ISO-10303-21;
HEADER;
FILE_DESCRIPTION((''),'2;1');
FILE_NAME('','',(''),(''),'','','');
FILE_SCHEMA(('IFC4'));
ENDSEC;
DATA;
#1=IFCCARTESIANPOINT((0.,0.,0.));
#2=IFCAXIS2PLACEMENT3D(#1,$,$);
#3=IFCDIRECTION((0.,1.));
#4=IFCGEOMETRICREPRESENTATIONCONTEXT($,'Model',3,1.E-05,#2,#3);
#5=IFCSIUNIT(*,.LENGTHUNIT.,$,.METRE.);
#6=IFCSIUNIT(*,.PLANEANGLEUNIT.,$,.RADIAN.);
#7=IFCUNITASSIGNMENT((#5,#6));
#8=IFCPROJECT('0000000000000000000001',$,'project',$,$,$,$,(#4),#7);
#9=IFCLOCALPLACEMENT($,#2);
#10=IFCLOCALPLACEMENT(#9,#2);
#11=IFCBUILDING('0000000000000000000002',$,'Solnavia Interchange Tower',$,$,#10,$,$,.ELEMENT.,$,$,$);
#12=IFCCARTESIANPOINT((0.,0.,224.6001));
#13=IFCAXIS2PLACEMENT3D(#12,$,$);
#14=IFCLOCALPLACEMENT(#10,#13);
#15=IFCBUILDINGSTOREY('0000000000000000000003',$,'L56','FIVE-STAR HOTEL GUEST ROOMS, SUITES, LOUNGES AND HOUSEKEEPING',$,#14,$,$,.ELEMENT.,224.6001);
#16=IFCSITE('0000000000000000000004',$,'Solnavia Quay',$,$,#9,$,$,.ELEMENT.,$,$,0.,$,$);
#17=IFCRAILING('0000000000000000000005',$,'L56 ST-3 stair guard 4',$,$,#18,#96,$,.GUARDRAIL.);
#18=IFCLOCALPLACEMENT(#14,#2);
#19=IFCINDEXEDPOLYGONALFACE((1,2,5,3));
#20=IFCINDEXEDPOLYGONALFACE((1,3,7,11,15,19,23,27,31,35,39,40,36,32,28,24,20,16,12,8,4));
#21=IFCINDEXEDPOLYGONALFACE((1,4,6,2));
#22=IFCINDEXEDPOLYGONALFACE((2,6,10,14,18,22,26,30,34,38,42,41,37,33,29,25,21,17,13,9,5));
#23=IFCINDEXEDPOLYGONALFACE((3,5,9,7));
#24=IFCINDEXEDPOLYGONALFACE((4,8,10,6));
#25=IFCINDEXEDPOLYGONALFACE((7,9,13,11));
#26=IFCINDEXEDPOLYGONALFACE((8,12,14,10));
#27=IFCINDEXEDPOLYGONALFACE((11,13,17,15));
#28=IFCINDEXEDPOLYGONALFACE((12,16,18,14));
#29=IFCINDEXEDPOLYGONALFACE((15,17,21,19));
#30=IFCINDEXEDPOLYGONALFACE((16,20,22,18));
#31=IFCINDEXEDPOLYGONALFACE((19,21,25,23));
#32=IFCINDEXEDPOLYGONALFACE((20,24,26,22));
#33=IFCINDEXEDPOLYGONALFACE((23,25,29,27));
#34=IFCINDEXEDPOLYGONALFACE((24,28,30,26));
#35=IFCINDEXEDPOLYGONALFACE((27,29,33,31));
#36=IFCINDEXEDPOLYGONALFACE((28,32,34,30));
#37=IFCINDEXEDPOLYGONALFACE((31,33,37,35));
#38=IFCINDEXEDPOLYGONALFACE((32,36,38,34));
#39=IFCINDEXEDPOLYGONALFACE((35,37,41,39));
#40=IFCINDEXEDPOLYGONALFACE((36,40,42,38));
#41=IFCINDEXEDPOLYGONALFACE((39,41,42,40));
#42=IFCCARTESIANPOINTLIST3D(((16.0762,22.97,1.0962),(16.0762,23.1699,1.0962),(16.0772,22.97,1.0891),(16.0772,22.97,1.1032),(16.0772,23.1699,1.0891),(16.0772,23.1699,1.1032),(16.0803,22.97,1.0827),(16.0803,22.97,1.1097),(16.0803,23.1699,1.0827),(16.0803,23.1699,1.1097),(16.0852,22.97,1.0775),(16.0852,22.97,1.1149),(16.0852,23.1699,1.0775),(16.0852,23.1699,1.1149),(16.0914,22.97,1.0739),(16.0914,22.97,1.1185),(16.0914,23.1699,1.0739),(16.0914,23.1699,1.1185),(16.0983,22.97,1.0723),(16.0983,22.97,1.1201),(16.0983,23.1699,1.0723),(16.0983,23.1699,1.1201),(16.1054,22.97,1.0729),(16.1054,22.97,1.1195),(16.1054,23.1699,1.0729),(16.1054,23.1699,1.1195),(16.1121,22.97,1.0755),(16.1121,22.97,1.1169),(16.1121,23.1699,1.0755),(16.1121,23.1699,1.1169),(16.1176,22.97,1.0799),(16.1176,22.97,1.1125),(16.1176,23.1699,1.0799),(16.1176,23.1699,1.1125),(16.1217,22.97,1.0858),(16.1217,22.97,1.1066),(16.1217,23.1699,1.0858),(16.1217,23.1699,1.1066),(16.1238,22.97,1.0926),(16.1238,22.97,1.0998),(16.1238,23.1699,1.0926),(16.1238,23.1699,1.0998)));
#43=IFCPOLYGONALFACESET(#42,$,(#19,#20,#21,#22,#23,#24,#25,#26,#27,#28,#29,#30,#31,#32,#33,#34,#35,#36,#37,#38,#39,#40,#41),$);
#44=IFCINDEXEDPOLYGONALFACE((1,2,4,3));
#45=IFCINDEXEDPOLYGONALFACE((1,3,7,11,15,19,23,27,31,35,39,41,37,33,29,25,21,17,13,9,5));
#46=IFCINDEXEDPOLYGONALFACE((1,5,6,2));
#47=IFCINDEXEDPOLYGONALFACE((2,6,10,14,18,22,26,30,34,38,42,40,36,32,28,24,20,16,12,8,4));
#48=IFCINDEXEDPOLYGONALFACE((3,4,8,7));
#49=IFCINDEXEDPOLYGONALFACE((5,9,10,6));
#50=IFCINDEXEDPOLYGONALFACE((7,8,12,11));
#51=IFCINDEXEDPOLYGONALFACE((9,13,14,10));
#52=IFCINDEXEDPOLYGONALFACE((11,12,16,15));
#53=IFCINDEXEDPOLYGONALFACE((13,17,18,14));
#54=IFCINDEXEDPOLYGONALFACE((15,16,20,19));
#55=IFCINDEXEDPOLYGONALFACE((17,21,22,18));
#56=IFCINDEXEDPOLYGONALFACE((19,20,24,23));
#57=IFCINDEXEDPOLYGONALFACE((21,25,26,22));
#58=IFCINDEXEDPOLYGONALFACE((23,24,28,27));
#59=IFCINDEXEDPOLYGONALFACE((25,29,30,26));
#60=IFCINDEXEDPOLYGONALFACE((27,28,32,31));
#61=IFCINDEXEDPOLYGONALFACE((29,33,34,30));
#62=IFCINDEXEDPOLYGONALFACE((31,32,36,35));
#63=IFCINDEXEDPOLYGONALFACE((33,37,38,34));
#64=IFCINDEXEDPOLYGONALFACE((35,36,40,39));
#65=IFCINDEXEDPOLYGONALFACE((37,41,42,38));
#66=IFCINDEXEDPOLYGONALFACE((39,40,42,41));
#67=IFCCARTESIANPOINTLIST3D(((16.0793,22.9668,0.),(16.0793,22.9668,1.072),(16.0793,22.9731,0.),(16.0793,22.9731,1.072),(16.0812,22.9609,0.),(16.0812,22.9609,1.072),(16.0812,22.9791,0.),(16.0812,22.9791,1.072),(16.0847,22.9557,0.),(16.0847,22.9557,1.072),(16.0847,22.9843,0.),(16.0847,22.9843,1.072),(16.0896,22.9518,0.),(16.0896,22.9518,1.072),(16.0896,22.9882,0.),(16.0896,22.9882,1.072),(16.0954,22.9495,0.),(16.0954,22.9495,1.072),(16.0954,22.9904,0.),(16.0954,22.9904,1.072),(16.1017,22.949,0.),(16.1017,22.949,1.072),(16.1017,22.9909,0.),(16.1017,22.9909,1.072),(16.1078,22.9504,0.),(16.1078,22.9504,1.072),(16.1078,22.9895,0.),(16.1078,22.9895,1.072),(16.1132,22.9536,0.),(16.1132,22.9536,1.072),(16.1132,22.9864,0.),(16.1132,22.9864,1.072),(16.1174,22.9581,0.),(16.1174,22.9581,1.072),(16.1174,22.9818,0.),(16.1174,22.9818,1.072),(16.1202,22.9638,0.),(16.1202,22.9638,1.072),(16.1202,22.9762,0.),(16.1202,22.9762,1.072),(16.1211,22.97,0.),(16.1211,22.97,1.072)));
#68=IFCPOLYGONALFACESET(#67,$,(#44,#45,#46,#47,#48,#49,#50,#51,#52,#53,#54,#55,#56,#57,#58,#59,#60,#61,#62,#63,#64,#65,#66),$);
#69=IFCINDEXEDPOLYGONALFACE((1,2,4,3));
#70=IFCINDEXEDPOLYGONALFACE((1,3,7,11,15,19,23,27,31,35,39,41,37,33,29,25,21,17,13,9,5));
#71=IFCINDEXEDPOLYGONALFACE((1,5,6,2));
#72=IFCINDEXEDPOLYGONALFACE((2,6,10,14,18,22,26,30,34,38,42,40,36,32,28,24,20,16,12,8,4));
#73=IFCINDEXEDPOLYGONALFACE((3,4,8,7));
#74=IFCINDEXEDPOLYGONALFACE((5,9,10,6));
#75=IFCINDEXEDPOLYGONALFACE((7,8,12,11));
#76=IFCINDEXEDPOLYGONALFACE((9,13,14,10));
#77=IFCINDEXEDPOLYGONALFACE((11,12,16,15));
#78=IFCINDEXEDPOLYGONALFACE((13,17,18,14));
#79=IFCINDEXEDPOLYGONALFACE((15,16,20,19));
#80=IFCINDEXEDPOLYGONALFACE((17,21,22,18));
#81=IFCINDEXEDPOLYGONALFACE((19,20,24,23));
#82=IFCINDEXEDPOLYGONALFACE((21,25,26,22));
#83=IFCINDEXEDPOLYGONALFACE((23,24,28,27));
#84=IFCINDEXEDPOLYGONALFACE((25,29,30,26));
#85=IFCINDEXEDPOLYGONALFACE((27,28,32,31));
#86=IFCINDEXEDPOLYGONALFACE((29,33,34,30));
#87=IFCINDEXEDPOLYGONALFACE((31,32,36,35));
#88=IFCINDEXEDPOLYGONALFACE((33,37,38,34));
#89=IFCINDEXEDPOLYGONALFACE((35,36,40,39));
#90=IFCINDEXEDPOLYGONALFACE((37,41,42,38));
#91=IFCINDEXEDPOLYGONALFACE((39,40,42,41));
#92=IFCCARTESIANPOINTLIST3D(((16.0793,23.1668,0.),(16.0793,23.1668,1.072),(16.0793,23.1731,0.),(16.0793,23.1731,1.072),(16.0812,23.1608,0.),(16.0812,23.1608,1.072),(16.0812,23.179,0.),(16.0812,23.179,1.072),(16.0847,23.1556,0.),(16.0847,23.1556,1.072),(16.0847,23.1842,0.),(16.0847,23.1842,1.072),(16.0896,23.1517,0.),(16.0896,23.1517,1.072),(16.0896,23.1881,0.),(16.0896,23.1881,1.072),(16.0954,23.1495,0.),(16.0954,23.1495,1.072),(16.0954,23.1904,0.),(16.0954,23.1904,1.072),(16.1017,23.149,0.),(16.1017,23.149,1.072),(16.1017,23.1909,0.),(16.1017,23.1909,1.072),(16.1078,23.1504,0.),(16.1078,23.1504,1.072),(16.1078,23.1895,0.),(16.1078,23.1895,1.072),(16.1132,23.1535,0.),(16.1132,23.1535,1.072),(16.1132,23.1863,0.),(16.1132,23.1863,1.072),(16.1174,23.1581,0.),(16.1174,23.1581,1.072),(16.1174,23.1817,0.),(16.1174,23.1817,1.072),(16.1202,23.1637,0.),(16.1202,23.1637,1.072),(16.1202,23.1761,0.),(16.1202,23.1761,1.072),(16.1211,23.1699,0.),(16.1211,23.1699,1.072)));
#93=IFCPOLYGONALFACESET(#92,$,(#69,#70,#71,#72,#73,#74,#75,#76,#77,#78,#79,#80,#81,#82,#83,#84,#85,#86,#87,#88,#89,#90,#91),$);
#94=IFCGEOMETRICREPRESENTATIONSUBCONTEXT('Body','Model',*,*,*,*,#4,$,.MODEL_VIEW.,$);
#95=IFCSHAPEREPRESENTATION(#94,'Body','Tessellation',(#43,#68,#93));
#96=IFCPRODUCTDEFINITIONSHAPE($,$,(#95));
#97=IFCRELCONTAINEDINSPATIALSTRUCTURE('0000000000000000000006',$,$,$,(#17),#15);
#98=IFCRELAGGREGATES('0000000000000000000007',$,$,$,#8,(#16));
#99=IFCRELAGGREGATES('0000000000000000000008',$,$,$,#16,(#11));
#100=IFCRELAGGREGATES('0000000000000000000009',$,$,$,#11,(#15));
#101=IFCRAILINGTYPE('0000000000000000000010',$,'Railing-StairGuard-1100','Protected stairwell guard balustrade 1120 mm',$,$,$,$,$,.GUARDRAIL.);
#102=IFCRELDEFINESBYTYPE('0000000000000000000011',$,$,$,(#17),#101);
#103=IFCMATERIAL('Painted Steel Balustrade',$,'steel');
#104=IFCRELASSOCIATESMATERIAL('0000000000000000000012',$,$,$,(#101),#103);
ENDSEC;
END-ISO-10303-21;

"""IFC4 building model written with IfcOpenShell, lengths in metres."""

from ifc_helpers import new_model, si_unit, direction, frame, origin, origin_2d, place, context, subcontext, project, spatial, circle, extrude, material, type_object, element, save


model = new_model("IFC4")

# Units and contexts
model_context = context("Model", 3, precision=1e-05, world=origin(), true_north=direction((0.0, 1.0)))
body_context = subcontext(model_context, "Body", "Model", "MODEL_VIEW")
ifc_project = project(units=[si_unit("LENGTHUNIT", "METRE"), si_unit("PLANEANGLEUNIT", "RADIAN")], contexts=[model_context])

# Site, building, storey
site_placement = place(None, origin())
site = spatial("IfcSite", under=ifc_project, at=site_placement, Name="Solnavia Quay", CompositionType="ELEMENT", RefElevation=0.0)
building_placement = place(site_placement, origin())
building = spatial("IfcBuilding", under=site, at=building_placement, Name="Solnavia Interchange Tower", CompositionType="ELEMENT")
storey_placement = place(building_placement, frame((0.0, 0.0, 224.6001)))
storey = spatial("IfcBuildingStorey", under=building, at=storey_placement, Name="L56", Description="FIVE-STAR HOTEL GUEST ROOMS, SUITES, LOUNGES AND HOUSEKEEPING", CompositionType="ELEMENT", Elevation=224.6001)

# Railing
ifc_material_1 = material(Name="Painted Steel Balustrade", Category="steel")
railing_type_1 = type_object("IfcRailingType", Name="Railing-StairGuard-1100", Description="Protected stairwell guard balustrade 1120 mm", PredefinedType="GUARDRAIL", material=ifc_material_1)
railing_1_placement = place(storey_placement, frame((16.1001, 22.97, 0.0)))
element("IfcRailing", 1, at=railing_1_placement, inside=storey, type_object=railing_type_1, Name="L56 ST-3 stair guard 4", PredefinedType="GUARDRAIL", context=body_context, shape_type="SweptSolid", body=[
    extrude(circle(Radius=0.0239, at=origin_2d()), frame((0.0, 0.0, 1.0962), z_axis=(0.0, 1.0, 0.0), x_axis=(-1.0, 0.0, 0.0)), (0.0, 0.0, 1.0), 0.2),
    extrude(circle(Radius=0.021, at=origin_2d()), origin(), (0.0, 0.0, 1.0), 1.072),
    extrude(circle(Radius=0.021, at=origin_2d()), frame((0.0, 0.2, 0.0)), (0.0, 0.0, 1.0), 1.072),
])

save(model, "model.ifc")
